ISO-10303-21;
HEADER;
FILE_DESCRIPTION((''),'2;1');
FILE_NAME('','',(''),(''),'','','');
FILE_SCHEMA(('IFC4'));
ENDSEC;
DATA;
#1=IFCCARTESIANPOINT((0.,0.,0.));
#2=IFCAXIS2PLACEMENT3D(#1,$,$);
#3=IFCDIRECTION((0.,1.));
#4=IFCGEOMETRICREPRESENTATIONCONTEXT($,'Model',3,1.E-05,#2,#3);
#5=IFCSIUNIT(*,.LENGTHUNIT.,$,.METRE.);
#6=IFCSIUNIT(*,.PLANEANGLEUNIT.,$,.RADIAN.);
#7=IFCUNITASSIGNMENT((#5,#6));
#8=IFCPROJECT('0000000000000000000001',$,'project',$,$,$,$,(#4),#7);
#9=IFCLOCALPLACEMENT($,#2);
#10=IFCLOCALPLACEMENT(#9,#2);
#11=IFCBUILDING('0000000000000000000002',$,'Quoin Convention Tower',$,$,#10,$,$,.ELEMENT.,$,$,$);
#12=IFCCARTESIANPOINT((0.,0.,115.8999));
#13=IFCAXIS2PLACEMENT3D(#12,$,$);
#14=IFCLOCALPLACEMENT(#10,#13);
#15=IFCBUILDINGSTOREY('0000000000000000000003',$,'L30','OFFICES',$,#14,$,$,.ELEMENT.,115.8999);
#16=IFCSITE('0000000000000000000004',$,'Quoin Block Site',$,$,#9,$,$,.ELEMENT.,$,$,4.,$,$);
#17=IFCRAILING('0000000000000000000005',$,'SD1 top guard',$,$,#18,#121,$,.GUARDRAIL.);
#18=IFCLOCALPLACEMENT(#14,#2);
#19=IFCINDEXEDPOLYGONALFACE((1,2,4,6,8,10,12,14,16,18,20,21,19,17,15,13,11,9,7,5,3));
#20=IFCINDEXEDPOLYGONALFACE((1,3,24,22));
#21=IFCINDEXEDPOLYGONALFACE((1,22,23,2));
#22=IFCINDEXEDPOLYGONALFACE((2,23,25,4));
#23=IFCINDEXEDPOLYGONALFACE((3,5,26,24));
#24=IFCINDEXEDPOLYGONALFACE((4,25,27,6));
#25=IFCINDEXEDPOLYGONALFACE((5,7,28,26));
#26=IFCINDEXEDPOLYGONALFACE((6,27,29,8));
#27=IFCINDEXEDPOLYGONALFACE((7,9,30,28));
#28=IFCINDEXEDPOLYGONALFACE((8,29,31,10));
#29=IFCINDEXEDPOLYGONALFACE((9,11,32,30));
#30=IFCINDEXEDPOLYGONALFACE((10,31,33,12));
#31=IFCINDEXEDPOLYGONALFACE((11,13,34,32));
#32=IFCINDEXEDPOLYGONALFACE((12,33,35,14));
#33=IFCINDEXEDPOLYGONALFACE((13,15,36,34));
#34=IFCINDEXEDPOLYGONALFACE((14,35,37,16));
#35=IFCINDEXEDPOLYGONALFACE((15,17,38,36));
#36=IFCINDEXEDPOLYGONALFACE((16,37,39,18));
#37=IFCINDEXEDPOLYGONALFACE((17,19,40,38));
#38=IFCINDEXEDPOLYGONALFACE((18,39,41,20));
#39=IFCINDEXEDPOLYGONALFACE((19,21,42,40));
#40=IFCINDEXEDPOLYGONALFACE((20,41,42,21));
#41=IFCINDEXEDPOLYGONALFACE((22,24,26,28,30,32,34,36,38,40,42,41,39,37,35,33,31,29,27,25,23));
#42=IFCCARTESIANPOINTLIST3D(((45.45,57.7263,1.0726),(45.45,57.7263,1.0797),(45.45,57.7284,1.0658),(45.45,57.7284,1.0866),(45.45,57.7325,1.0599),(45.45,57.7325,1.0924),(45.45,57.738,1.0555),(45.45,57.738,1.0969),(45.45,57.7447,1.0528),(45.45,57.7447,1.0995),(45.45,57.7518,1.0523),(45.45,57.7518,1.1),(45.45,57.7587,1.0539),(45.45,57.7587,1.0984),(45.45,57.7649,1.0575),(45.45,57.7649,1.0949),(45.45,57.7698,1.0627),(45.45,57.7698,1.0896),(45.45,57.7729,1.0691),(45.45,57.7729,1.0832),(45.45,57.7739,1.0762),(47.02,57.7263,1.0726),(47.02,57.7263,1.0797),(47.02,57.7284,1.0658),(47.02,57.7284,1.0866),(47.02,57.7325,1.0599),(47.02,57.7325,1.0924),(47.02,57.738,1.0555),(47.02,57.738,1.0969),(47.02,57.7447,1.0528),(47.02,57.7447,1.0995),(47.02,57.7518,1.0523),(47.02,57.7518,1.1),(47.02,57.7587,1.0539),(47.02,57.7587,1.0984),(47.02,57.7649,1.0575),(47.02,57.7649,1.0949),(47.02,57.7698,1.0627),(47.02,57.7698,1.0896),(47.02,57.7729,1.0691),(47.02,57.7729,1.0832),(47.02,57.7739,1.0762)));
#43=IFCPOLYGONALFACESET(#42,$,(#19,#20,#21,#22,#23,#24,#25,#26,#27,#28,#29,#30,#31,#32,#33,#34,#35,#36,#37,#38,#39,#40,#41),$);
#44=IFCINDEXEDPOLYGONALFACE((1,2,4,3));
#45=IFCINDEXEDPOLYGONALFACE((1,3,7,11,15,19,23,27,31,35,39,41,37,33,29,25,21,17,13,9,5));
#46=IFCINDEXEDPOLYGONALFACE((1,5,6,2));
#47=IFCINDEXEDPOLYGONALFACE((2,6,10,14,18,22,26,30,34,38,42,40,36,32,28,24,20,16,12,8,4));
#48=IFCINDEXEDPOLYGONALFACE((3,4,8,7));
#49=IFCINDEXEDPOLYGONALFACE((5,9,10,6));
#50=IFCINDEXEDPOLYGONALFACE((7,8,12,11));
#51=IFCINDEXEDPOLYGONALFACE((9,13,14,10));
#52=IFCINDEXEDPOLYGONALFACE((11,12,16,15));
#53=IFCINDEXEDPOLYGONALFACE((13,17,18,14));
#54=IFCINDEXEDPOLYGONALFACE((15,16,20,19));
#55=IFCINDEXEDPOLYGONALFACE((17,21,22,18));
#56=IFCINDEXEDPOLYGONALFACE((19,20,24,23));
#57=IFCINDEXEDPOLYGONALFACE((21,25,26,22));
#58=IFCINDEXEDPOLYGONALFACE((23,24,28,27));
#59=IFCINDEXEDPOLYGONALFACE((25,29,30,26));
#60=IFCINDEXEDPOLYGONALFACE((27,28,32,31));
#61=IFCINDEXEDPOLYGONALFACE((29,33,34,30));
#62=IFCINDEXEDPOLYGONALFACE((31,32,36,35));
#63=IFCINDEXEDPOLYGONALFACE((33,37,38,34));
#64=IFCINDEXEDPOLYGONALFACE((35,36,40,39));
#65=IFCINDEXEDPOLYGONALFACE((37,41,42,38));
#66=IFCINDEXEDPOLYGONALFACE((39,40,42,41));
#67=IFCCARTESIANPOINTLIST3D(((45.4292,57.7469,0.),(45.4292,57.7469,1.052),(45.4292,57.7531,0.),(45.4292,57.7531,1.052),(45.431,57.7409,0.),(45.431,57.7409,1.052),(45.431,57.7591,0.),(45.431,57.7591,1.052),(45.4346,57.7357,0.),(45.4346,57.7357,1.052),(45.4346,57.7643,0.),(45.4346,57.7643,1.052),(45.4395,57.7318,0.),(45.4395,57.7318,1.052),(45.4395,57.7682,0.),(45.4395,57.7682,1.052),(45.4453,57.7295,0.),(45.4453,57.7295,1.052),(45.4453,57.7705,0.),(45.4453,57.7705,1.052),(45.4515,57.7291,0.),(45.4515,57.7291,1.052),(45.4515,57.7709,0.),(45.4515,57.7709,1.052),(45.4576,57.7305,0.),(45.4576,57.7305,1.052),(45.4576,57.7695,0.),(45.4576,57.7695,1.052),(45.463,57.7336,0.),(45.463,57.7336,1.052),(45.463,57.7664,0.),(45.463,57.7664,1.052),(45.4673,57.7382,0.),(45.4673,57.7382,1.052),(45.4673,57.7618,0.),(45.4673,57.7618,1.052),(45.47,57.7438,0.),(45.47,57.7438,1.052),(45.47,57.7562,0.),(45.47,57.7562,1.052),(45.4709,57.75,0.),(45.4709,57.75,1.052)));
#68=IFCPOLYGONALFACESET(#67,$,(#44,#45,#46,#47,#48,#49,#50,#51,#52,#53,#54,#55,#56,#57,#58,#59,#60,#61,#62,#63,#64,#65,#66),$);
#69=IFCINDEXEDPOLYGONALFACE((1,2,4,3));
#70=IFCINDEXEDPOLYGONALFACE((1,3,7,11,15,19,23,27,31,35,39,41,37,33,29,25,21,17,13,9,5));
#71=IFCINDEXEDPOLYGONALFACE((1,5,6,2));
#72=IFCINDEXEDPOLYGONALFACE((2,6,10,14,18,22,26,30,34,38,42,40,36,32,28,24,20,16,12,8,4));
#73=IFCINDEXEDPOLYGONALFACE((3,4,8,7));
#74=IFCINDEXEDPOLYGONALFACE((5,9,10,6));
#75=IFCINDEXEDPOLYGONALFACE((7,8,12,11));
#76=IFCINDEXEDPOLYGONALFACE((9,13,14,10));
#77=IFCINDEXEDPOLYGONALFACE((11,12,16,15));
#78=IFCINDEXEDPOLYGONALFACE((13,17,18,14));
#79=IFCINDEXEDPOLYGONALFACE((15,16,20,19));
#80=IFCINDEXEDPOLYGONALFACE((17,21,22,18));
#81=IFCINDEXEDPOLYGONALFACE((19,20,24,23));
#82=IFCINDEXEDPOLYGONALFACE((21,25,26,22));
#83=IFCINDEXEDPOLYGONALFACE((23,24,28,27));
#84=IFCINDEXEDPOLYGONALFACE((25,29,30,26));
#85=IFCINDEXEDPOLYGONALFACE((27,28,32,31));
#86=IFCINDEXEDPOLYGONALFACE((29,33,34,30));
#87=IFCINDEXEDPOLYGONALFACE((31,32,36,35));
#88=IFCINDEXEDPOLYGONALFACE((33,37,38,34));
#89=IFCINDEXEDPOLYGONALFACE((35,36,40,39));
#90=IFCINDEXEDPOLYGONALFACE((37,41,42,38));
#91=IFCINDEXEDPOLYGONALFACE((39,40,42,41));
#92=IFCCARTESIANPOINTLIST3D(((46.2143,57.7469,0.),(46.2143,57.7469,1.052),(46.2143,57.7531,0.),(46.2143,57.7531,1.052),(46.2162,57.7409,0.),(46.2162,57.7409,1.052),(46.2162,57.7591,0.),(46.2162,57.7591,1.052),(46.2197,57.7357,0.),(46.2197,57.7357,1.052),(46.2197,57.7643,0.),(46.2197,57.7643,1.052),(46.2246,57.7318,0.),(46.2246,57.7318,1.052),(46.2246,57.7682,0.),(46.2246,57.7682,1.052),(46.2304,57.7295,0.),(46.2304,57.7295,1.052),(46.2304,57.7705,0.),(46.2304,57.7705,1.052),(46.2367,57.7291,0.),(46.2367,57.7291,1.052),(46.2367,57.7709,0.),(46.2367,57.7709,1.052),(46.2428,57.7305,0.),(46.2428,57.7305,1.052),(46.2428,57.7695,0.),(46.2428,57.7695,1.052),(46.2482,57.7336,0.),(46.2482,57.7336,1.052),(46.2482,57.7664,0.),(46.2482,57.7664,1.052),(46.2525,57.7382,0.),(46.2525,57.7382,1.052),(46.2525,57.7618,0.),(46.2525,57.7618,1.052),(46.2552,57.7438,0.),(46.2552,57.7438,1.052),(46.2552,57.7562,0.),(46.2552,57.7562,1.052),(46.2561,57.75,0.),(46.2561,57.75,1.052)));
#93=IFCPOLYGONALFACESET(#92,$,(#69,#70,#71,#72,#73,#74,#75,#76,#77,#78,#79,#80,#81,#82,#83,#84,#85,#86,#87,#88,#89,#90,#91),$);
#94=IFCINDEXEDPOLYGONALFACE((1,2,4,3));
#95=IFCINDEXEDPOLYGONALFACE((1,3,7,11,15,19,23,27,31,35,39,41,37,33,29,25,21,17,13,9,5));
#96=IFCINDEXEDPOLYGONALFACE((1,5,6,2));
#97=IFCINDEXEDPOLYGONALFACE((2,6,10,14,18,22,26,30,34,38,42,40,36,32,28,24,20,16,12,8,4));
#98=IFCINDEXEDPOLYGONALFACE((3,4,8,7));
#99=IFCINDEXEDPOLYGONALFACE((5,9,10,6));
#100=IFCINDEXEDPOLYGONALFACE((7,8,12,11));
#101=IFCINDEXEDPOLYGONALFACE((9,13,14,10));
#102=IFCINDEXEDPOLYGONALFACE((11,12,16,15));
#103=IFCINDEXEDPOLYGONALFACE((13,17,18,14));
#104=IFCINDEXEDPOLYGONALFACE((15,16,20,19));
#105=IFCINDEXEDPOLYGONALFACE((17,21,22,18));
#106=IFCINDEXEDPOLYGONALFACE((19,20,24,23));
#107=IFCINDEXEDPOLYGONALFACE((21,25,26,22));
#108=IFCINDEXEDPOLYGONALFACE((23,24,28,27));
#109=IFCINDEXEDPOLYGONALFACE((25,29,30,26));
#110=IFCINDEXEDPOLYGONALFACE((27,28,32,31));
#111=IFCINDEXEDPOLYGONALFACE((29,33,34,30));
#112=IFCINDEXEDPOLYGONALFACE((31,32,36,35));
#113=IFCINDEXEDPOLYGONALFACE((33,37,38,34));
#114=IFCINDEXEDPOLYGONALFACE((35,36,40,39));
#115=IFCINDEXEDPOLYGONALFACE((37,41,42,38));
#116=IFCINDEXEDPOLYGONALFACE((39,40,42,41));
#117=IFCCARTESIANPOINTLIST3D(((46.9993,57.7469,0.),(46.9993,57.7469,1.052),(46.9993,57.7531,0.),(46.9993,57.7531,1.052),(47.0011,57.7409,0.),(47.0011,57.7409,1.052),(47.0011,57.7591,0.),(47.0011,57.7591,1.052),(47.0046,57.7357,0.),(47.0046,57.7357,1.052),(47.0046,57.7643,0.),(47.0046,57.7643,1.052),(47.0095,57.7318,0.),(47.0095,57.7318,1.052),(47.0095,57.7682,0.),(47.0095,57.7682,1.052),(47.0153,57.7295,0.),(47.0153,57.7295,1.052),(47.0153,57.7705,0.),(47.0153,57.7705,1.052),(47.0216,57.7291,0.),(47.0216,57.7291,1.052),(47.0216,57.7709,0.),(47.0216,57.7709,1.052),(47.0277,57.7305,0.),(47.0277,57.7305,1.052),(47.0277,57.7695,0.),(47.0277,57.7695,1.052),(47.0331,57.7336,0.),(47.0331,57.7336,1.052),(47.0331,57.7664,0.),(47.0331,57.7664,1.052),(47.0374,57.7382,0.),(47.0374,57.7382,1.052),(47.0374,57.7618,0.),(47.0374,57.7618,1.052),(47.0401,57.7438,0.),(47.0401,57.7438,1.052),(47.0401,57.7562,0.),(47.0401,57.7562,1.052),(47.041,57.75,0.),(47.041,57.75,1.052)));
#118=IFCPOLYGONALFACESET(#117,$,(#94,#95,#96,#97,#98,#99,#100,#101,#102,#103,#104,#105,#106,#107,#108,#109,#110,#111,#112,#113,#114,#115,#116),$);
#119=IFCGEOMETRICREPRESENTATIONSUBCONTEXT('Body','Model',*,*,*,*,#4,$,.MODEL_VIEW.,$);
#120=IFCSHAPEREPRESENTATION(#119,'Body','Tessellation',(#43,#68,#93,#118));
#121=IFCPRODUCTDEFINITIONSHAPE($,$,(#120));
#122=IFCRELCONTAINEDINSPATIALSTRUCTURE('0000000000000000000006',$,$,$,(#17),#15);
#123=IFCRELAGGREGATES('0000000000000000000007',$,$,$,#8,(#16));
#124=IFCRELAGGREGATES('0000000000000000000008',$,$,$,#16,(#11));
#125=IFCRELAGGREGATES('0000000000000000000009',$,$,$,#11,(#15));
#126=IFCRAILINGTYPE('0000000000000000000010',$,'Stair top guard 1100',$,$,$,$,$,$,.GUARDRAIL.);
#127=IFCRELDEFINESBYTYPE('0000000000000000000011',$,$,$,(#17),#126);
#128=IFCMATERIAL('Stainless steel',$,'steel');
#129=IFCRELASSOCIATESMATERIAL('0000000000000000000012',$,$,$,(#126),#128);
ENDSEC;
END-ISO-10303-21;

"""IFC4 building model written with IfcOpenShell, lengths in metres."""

from ifc_helpers import new_model, si_unit, direction, frame, origin, origin_2d, place, context, subcontext, project, spatial, circle, extrude, material, type_object, element, save


model = new_model("IFC4")

# Units and contexts
model_context = context("Model", 3, precision=1e-05, world=origin(), true_north=direction((0.0, 1.0)))
body_context = subcontext(model_context, "Body", "Model", "MODEL_VIEW")
ifc_project = project(units=[si_unit("LENGTHUNIT", "METRE"), si_unit("PLANEANGLEUNIT", "RADIAN")], contexts=[model_context])

# Site, building, storey
site_placement = place(None, origin())
site = spatial("IfcSite", under=ifc_project, at=site_placement, Name="Quoin Block Site", CompositionType="ELEMENT", RefElevation=4.0)
building_placement = place(site_placement, origin())
building = spatial("IfcBuilding", under=site, at=building_placement, Name="Quoin Convention Tower", CompositionType="ELEMENT")
storey_placement = place(building_placement, frame((0.0, 0.0, 115.8999)))
storey = spatial("IfcBuildingStorey", under=building, at=storey_placement, Name="L30", Description="OFFICES", CompositionType="ELEMENT", Elevation=115.8999)

# Railing
ifc_material_1 = material(Name="Stainless steel", Category="steel")
railing_type_1 = type_object("IfcRailingType", Name="Stair top guard 1100", PredefinedType="GUARDRAIL", material=ifc_material_1)
railing_1_placement = place(storey_placement, frame((45.45, 57.75, 0.0)))
element("IfcRailing", 1, at=railing_1_placement, inside=storey, type_object=railing_type_1, Name="SD1 top guard", PredefinedType="GUARDRAIL", context=body_context, shape_type="SweptSolid", body=[
    extrude(circle(Radius=0.0239, at=origin_2d()), frame((0.0, 0.0, 1.0762), z_axis=(1.0, 0.0, 0.0), x_axis=(0.0, 1.0, 0.0)), (0.0, 0.0, 1.0), 1.5701),
    extrude(circle(Radius=0.021, at=origin_2d()), origin(), (0.0, 0.0, 1.0), 1.052),
    extrude(circle(Radius=0.021, at=origin_2d()), frame((0.7852, 0.0, 0.0)), (0.0, 0.0, 1.0), 1.052),
    extrude(circle(Radius=0.021, at=origin_2d()), frame((1.5701, 0.0, 0.0)), (0.0, 0.0, 1.0), 1.052),
])

save(model, "model.ifc")
